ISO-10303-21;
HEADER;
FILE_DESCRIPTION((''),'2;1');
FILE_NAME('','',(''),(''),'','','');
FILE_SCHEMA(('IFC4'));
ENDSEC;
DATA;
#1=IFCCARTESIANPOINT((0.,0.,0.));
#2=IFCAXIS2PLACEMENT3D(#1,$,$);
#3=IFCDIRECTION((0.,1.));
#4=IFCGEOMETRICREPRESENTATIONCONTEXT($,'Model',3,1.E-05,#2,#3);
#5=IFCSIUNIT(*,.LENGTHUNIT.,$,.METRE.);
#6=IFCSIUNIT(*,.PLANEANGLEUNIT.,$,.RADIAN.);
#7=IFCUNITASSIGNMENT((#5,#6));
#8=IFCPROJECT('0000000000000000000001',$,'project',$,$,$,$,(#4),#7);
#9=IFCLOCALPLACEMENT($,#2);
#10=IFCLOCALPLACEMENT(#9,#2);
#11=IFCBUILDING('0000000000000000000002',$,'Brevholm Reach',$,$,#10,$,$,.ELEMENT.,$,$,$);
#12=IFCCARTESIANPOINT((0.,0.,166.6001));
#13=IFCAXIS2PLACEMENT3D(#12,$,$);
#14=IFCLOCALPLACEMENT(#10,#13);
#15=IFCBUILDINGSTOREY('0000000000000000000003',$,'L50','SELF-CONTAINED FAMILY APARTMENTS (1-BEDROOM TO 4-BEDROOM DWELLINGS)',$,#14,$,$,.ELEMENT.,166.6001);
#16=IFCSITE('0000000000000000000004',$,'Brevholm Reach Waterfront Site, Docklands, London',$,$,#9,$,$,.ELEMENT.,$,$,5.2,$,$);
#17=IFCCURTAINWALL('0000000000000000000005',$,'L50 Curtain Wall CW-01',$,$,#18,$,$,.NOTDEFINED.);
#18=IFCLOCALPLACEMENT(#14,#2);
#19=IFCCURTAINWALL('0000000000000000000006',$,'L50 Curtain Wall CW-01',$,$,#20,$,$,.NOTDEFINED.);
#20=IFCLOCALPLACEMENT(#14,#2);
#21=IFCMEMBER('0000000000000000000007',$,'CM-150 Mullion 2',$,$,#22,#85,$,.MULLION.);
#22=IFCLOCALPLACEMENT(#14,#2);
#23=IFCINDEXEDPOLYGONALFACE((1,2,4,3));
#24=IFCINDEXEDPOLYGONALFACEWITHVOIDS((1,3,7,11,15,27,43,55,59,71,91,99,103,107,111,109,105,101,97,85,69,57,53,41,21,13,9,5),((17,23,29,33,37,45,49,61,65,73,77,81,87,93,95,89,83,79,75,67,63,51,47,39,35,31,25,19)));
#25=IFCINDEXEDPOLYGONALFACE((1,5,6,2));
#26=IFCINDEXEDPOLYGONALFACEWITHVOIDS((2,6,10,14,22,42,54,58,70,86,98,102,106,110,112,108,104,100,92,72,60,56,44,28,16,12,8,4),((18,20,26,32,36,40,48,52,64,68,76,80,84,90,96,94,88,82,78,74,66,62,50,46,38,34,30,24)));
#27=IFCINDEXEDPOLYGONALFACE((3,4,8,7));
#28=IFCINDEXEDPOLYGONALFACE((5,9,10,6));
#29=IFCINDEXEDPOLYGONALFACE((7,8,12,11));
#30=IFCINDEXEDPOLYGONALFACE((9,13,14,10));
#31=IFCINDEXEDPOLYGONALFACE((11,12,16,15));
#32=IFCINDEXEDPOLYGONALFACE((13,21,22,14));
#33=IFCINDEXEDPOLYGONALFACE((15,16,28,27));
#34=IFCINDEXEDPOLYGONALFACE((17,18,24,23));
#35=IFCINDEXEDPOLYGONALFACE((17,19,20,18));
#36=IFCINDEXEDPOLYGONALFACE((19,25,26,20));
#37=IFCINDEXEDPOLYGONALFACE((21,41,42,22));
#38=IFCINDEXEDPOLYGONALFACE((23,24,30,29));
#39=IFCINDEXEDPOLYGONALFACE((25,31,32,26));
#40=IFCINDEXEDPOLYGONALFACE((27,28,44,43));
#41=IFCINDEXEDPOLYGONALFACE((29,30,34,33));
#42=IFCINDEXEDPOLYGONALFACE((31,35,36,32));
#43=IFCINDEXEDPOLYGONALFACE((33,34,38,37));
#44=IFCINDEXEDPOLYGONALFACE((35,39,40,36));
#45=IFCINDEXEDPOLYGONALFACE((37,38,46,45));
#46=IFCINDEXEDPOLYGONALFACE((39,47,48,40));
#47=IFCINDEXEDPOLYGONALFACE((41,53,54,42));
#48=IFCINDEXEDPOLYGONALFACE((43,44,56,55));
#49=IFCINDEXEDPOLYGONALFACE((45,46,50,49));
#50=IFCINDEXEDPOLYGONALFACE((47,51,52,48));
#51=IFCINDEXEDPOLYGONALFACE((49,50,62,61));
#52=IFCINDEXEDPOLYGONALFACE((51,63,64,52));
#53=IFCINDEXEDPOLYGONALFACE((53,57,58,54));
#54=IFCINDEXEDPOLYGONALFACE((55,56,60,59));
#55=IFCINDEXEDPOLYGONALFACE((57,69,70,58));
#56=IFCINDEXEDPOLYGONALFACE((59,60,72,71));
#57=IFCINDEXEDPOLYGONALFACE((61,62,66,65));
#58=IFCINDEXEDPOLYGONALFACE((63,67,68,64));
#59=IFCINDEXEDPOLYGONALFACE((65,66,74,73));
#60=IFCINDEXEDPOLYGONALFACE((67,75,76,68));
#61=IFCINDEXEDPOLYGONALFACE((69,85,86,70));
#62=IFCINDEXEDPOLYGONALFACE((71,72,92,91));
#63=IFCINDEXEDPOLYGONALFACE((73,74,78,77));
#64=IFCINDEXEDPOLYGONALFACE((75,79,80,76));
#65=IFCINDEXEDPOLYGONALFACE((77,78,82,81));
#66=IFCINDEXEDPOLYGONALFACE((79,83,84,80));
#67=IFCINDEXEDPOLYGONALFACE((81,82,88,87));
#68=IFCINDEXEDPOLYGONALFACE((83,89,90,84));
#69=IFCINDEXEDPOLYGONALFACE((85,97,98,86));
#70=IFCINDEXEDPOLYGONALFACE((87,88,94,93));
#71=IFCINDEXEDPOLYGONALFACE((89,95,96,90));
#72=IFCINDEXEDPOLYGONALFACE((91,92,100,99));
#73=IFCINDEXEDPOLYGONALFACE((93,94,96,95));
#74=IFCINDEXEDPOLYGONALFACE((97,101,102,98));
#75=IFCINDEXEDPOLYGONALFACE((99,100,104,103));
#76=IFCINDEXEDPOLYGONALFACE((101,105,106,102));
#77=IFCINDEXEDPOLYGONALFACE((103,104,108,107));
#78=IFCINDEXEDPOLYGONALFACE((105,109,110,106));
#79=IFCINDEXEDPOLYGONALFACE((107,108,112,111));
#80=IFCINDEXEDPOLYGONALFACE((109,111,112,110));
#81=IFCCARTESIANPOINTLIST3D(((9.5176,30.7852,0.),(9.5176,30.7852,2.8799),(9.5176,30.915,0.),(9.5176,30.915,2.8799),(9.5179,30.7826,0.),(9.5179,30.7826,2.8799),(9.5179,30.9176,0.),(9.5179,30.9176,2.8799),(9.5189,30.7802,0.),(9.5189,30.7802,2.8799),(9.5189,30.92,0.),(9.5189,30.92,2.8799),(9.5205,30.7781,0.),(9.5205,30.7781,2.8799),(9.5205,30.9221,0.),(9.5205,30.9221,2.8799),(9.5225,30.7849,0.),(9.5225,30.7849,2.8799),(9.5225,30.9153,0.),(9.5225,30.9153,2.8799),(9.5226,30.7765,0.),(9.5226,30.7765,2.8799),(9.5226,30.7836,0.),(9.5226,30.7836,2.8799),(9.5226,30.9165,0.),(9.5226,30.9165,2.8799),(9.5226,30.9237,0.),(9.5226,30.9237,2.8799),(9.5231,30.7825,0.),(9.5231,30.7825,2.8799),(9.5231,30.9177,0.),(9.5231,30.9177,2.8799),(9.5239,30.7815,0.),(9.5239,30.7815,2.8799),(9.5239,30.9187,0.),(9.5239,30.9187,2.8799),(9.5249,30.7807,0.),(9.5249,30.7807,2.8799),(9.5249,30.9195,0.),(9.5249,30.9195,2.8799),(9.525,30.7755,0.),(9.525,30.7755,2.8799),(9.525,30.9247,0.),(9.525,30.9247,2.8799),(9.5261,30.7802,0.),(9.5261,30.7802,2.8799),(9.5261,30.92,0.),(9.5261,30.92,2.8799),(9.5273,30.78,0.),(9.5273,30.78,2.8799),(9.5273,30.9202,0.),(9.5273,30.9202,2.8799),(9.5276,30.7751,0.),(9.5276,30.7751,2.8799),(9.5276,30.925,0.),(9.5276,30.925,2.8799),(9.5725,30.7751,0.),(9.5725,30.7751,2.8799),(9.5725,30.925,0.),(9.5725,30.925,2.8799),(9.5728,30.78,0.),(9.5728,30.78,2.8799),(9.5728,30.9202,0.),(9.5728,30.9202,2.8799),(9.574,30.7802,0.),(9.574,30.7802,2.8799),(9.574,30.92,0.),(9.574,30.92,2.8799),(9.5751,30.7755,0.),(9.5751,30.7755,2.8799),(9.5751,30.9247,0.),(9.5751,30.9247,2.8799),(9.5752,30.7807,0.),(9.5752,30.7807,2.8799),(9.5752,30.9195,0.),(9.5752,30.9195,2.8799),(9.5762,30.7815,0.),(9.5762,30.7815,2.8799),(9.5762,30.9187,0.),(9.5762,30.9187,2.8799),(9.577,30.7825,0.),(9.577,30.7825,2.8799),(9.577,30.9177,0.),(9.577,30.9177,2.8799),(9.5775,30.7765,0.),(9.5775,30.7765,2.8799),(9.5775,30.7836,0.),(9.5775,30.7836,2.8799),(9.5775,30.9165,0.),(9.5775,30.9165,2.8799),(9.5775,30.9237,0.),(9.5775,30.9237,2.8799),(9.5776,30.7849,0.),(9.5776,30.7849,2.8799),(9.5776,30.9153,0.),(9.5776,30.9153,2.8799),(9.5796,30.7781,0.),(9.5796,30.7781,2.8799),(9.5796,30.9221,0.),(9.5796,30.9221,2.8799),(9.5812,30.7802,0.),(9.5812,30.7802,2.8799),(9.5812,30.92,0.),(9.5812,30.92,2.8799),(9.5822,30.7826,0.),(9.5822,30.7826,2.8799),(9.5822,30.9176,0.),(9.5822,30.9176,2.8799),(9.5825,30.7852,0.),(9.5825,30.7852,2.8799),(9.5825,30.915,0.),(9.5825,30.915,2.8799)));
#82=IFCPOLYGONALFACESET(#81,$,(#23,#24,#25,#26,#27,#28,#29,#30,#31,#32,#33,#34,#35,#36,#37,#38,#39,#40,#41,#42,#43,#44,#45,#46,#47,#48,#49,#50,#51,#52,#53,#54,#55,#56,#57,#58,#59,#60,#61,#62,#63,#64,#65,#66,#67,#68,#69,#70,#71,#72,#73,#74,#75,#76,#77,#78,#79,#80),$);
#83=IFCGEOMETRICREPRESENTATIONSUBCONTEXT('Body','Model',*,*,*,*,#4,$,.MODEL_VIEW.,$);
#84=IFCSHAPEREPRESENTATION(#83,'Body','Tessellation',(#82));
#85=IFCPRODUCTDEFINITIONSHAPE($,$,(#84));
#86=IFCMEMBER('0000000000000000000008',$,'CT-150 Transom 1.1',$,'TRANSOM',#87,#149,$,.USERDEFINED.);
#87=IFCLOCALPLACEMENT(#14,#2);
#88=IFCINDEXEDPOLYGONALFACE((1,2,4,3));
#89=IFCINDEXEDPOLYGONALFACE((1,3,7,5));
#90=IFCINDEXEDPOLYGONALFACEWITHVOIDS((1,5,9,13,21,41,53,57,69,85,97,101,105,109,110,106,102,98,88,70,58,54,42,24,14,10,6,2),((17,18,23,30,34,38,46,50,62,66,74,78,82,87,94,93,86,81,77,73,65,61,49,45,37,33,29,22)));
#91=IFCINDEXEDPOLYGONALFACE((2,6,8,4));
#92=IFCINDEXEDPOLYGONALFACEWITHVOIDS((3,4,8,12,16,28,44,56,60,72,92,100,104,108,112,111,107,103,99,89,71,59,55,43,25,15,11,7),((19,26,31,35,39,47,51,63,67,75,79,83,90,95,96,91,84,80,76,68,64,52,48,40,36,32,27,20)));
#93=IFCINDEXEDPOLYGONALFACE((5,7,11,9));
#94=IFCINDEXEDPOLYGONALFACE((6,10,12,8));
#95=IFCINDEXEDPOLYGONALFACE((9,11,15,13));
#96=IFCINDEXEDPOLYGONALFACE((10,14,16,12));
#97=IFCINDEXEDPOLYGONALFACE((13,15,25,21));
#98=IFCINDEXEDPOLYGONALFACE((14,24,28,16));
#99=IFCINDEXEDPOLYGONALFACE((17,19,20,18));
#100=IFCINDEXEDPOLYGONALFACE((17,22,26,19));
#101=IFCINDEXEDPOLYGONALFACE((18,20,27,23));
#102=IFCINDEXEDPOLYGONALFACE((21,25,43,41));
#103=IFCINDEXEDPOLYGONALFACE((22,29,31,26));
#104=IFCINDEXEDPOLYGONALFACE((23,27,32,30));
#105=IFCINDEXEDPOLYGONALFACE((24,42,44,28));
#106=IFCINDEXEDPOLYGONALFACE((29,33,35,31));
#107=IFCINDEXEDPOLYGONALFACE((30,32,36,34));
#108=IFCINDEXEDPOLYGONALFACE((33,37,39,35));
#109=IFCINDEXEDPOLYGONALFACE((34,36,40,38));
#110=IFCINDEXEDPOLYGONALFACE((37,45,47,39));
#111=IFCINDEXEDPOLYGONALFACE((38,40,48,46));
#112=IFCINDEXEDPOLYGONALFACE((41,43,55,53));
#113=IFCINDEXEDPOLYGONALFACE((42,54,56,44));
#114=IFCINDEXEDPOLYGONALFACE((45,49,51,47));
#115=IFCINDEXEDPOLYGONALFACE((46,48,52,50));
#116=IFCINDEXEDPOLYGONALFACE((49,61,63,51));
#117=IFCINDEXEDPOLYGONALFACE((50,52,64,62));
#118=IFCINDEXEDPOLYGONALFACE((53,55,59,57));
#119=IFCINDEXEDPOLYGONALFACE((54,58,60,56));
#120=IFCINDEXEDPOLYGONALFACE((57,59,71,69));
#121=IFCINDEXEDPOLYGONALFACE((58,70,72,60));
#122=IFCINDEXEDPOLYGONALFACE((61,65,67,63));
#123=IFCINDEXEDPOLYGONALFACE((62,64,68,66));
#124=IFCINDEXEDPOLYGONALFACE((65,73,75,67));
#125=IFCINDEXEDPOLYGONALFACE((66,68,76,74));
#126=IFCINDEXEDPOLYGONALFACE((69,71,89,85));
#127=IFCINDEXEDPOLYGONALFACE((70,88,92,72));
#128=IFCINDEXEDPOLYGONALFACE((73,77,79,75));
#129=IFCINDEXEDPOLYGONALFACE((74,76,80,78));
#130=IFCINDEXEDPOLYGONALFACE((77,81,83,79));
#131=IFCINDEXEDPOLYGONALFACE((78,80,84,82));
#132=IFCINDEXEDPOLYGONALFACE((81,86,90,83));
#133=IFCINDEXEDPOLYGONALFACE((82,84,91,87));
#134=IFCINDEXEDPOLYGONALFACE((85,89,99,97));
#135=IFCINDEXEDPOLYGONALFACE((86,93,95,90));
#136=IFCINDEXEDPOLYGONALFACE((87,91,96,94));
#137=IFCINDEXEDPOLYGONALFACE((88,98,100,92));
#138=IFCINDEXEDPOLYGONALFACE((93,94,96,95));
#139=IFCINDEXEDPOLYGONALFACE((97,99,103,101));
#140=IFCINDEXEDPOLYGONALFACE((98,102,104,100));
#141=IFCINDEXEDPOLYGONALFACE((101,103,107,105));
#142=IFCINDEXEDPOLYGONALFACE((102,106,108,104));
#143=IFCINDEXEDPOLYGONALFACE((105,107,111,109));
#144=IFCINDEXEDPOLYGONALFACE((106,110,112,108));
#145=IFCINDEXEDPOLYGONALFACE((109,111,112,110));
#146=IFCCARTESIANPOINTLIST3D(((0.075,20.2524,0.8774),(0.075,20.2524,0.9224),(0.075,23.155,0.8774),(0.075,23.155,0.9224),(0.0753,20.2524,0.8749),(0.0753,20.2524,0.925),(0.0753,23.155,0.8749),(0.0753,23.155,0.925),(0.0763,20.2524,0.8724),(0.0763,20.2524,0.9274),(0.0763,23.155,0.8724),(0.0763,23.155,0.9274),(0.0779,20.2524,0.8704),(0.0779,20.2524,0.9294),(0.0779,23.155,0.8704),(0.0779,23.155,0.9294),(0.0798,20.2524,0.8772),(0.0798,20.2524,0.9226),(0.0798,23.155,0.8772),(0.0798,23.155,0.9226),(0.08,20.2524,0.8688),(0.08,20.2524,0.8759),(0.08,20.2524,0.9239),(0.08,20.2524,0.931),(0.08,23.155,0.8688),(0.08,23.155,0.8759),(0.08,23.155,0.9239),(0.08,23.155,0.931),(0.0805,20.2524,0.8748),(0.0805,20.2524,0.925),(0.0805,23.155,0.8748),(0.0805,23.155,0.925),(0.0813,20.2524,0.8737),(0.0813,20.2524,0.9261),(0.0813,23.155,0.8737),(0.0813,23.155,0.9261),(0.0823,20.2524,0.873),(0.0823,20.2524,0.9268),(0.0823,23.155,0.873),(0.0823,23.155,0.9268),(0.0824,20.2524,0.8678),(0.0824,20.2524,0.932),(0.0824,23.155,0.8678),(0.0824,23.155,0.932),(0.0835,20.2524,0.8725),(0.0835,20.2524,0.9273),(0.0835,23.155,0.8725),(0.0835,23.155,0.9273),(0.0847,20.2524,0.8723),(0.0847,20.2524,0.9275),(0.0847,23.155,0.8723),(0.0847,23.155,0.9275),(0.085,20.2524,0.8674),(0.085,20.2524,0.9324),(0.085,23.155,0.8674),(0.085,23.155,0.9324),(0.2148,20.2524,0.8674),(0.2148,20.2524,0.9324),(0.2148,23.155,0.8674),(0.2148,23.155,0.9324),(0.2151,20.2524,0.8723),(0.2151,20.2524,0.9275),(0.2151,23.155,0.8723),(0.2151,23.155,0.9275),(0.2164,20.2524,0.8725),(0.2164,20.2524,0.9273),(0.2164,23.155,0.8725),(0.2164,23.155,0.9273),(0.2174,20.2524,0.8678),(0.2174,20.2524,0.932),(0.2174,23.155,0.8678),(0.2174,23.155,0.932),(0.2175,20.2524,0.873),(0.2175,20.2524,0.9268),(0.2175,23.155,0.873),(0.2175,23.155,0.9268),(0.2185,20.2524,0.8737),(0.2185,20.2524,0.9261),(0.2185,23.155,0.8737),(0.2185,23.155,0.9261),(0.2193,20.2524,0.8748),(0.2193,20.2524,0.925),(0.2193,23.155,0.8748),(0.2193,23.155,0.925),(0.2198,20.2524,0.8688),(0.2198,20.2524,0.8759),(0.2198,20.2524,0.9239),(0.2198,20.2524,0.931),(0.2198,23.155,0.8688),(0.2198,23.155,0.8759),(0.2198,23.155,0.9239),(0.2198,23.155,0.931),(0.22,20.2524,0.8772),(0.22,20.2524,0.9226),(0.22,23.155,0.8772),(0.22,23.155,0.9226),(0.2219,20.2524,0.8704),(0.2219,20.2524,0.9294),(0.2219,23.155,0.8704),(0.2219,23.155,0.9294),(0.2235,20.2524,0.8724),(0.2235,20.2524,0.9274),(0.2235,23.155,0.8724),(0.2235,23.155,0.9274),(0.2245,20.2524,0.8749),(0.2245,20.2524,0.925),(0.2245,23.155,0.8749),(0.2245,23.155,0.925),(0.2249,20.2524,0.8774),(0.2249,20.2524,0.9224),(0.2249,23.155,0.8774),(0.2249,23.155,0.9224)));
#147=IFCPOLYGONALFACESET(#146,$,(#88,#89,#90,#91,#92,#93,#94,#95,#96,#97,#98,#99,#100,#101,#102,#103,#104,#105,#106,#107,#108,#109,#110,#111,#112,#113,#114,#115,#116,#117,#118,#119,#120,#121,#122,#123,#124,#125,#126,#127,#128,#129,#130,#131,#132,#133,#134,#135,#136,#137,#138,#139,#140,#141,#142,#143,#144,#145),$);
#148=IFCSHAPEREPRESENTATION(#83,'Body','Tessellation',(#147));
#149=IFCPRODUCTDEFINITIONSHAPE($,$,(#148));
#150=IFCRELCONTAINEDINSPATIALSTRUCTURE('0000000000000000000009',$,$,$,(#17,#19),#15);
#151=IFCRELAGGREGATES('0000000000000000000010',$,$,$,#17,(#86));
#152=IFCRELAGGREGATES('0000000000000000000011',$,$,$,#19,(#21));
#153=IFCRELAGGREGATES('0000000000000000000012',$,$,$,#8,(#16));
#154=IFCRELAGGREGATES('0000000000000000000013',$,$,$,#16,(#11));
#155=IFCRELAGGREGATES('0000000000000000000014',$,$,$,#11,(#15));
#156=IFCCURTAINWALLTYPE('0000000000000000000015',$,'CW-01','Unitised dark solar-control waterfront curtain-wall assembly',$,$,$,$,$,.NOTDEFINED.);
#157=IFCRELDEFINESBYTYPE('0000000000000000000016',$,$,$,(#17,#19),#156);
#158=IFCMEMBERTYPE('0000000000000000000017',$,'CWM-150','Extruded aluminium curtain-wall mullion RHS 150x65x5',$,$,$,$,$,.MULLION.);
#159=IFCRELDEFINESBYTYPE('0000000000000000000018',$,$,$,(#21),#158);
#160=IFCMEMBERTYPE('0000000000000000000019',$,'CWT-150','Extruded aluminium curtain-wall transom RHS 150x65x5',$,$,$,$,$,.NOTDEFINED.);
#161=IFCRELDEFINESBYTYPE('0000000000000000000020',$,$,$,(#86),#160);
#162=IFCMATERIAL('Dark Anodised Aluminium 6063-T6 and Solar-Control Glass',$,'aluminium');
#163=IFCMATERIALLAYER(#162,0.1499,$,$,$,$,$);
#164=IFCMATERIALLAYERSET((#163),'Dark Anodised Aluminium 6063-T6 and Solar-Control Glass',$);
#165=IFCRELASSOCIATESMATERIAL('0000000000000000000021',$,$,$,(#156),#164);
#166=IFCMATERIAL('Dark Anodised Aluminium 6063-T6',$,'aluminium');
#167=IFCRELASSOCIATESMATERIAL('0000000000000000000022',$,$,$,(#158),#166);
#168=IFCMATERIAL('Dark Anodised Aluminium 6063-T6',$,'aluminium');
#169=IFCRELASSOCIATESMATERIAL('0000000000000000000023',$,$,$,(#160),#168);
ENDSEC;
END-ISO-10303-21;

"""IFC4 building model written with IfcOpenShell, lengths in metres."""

from ifc_helpers import new_model, si_unit, direction, frame, origin, origin_2d, place, context, subcontext, project, spatial, hollow_rectangle, extrude, material, layer, layer_set, material_profile, profile_set, type_object, element, aggregate, save


model = new_model("IFC4")

# Units and contexts
model_context = context("Model", 3, precision=1e-05, world=origin(), true_north=direction((0.0, 1.0)))
body_context = subcontext(model_context, "Body", "Model", "MODEL_VIEW")
ifc_project = project(units=[si_unit("LENGTHUNIT", "METRE"), si_unit("PLANEANGLEUNIT", "RADIAN")], contexts=[model_context])

# Site, building, storey
site_placement = place(None, origin())
site = spatial("IfcSite", under=ifc_project, at=site_placement, Name="Brevholm Reach Waterfront Site, Docklands, London", CompositionType="ELEMENT", RefElevation=5.2)
building_placement = place(site_placement, origin())
building = spatial("IfcBuilding", under=site, at=building_placement, Name="Brevholm Reach", CompositionType="ELEMENT")
storey_placement = place(building_placement, frame((0.0, 0.0, 166.6001)))
storey = spatial("IfcBuildingStorey", under=building, at=storey_placement, Name="L50", Description="SELF-CONTAINED FAMILY APARTMENTS (1-BEDROOM TO 4-BEDROOM DWELLINGS)", CompositionType="ELEMENT", Elevation=166.6001)

# Curtain wall
ifc_material_1 = material(Name="Dark Anodised Aluminium 6063-T6 and Solar-Control Glass", Category="aluminium")
ifc_layer_1 = layer(ifc_material_1, 0.1499)
ifc_layer_set_1 = layer_set([ifc_layer_1], Name="Dark Anodised Aluminium 6063-T6 and Solar-Control Glass")
curtain_wall_type = type_object("IfcCurtainWallType", Name="CW-01", Description="Unitised dark solar-control waterfront curtain-wall assembly", PredefinedType="NOTDEFINED", material=ifc_layer_set_1)
curtain_wall_1_placement = place(storey_placement, origin())
curtain_wall_1 = element("IfcCurtainWall", 1, at=curtain_wall_1_placement, inside=storey, type_object=curtain_wall_type, Name="L50 Curtain Wall CW-01", PredefinedType="NOTDEFINED")
ifc_material_2 = material(Name="Dark Anodised Aluminium 6063-T6", Category="aluminium")
ifc_material_profile_1 = material_profile(ifc_material_2, hollow_rectangle(XDim=0.0649, YDim=0.1499, WallThickness=0.0049, InnerFilletRadius=0.0049, OuterFilletRadius=0.01, at=origin_2d()), Name="RHS 150x65x5")
ifc_profile_set_1 = profile_set([ifc_material_profile_1], Name="Dark Anodised Aluminium 6063-T6")
member_type_1 = type_object("IfcMemberType", Name="CWM-150", Description="Extruded aluminium curtain-wall mullion RHS 150x65x5", PredefinedType="MULLION", material=ifc_profile_set_1)

# Curtain wall, member
curtain_wall_2_placement = place(storey_placement, origin())
curtain_wall_2 = element("IfcCurtainWall", 2, at=curtain_wall_2_placement, inside=storey, type_object=curtain_wall_type, Name="L50 Curtain Wall CW-01", PredefinedType="NOTDEFINED")
member_1_placement = place(storey_placement, frame((9.55, 30.8501, 0.0), z_axis=(0.0, 0.0, 1.0), x_axis=(1.0, 0.0, 0.0)))
member_1 = element("IfcMember", 3, at=member_1_placement, type_object=member_type_1, Name="CM-150 Mullion 2", PredefinedType="MULLION", context=body_context, shape_type="SweptSolid", body=[
    extrude(hollow_rectangle(XDim=0.0649, YDim=0.1499, WallThickness=0.0049, InnerFilletRadius=0.0049, OuterFilletRadius=0.01, at=origin_2d()), origin(), (0.0, 0.0, 1.0), 2.8799),
])

# Member
ifc_material_3 = material(Name="Dark Anodised Aluminium 6063-T6", Category="aluminium")
ifc_material_profile_2 = material_profile(ifc_material_3, hollow_rectangle(XDim=0.0649, YDim=0.1499, WallThickness=0.0049, InnerFilletRadius=0.0049, OuterFilletRadius=0.01, at=origin_2d()), Name="RHS 150x65x5")
ifc_profile_set_2 = profile_set([ifc_material_profile_2], Name="Dark Anodised Aluminium 6063-T6")
member_type_2 = type_object("IfcMemberType", Name="CWT-150", Description="Extruded aluminium curtain-wall transom RHS 150x65x5", PredefinedType="NOTDEFINED", material=ifc_profile_set_2)
member_2_placement = place(storey_placement, frame((0.1499, 23.155, 0.8999), z_axis=(0.0, -1.0, 0.0), x_axis=(0.0, 0.0, 1.0)))
member_2 = element("IfcMember", 4, at=member_2_placement, type_object=member_type_2, Name="CT-150 Transom 1.1", ObjectType="TRANSOM", PredefinedType="USERDEFINED", context=body_context, shape_type="SweptSolid", body=[
    extrude(hollow_rectangle(XDim=0.0649, YDim=0.1499, WallThickness=0.0049, InnerFilletRadius=0.0049, OuterFilletRadius=0.01, at=origin_2d()), origin(), (0.0, 0.0, 1.0), 2.9026),
])

aggregate(curtain_wall_1, [member_2])
aggregate(curtain_wall_2, [member_1])

save(model, "model.ifc")
